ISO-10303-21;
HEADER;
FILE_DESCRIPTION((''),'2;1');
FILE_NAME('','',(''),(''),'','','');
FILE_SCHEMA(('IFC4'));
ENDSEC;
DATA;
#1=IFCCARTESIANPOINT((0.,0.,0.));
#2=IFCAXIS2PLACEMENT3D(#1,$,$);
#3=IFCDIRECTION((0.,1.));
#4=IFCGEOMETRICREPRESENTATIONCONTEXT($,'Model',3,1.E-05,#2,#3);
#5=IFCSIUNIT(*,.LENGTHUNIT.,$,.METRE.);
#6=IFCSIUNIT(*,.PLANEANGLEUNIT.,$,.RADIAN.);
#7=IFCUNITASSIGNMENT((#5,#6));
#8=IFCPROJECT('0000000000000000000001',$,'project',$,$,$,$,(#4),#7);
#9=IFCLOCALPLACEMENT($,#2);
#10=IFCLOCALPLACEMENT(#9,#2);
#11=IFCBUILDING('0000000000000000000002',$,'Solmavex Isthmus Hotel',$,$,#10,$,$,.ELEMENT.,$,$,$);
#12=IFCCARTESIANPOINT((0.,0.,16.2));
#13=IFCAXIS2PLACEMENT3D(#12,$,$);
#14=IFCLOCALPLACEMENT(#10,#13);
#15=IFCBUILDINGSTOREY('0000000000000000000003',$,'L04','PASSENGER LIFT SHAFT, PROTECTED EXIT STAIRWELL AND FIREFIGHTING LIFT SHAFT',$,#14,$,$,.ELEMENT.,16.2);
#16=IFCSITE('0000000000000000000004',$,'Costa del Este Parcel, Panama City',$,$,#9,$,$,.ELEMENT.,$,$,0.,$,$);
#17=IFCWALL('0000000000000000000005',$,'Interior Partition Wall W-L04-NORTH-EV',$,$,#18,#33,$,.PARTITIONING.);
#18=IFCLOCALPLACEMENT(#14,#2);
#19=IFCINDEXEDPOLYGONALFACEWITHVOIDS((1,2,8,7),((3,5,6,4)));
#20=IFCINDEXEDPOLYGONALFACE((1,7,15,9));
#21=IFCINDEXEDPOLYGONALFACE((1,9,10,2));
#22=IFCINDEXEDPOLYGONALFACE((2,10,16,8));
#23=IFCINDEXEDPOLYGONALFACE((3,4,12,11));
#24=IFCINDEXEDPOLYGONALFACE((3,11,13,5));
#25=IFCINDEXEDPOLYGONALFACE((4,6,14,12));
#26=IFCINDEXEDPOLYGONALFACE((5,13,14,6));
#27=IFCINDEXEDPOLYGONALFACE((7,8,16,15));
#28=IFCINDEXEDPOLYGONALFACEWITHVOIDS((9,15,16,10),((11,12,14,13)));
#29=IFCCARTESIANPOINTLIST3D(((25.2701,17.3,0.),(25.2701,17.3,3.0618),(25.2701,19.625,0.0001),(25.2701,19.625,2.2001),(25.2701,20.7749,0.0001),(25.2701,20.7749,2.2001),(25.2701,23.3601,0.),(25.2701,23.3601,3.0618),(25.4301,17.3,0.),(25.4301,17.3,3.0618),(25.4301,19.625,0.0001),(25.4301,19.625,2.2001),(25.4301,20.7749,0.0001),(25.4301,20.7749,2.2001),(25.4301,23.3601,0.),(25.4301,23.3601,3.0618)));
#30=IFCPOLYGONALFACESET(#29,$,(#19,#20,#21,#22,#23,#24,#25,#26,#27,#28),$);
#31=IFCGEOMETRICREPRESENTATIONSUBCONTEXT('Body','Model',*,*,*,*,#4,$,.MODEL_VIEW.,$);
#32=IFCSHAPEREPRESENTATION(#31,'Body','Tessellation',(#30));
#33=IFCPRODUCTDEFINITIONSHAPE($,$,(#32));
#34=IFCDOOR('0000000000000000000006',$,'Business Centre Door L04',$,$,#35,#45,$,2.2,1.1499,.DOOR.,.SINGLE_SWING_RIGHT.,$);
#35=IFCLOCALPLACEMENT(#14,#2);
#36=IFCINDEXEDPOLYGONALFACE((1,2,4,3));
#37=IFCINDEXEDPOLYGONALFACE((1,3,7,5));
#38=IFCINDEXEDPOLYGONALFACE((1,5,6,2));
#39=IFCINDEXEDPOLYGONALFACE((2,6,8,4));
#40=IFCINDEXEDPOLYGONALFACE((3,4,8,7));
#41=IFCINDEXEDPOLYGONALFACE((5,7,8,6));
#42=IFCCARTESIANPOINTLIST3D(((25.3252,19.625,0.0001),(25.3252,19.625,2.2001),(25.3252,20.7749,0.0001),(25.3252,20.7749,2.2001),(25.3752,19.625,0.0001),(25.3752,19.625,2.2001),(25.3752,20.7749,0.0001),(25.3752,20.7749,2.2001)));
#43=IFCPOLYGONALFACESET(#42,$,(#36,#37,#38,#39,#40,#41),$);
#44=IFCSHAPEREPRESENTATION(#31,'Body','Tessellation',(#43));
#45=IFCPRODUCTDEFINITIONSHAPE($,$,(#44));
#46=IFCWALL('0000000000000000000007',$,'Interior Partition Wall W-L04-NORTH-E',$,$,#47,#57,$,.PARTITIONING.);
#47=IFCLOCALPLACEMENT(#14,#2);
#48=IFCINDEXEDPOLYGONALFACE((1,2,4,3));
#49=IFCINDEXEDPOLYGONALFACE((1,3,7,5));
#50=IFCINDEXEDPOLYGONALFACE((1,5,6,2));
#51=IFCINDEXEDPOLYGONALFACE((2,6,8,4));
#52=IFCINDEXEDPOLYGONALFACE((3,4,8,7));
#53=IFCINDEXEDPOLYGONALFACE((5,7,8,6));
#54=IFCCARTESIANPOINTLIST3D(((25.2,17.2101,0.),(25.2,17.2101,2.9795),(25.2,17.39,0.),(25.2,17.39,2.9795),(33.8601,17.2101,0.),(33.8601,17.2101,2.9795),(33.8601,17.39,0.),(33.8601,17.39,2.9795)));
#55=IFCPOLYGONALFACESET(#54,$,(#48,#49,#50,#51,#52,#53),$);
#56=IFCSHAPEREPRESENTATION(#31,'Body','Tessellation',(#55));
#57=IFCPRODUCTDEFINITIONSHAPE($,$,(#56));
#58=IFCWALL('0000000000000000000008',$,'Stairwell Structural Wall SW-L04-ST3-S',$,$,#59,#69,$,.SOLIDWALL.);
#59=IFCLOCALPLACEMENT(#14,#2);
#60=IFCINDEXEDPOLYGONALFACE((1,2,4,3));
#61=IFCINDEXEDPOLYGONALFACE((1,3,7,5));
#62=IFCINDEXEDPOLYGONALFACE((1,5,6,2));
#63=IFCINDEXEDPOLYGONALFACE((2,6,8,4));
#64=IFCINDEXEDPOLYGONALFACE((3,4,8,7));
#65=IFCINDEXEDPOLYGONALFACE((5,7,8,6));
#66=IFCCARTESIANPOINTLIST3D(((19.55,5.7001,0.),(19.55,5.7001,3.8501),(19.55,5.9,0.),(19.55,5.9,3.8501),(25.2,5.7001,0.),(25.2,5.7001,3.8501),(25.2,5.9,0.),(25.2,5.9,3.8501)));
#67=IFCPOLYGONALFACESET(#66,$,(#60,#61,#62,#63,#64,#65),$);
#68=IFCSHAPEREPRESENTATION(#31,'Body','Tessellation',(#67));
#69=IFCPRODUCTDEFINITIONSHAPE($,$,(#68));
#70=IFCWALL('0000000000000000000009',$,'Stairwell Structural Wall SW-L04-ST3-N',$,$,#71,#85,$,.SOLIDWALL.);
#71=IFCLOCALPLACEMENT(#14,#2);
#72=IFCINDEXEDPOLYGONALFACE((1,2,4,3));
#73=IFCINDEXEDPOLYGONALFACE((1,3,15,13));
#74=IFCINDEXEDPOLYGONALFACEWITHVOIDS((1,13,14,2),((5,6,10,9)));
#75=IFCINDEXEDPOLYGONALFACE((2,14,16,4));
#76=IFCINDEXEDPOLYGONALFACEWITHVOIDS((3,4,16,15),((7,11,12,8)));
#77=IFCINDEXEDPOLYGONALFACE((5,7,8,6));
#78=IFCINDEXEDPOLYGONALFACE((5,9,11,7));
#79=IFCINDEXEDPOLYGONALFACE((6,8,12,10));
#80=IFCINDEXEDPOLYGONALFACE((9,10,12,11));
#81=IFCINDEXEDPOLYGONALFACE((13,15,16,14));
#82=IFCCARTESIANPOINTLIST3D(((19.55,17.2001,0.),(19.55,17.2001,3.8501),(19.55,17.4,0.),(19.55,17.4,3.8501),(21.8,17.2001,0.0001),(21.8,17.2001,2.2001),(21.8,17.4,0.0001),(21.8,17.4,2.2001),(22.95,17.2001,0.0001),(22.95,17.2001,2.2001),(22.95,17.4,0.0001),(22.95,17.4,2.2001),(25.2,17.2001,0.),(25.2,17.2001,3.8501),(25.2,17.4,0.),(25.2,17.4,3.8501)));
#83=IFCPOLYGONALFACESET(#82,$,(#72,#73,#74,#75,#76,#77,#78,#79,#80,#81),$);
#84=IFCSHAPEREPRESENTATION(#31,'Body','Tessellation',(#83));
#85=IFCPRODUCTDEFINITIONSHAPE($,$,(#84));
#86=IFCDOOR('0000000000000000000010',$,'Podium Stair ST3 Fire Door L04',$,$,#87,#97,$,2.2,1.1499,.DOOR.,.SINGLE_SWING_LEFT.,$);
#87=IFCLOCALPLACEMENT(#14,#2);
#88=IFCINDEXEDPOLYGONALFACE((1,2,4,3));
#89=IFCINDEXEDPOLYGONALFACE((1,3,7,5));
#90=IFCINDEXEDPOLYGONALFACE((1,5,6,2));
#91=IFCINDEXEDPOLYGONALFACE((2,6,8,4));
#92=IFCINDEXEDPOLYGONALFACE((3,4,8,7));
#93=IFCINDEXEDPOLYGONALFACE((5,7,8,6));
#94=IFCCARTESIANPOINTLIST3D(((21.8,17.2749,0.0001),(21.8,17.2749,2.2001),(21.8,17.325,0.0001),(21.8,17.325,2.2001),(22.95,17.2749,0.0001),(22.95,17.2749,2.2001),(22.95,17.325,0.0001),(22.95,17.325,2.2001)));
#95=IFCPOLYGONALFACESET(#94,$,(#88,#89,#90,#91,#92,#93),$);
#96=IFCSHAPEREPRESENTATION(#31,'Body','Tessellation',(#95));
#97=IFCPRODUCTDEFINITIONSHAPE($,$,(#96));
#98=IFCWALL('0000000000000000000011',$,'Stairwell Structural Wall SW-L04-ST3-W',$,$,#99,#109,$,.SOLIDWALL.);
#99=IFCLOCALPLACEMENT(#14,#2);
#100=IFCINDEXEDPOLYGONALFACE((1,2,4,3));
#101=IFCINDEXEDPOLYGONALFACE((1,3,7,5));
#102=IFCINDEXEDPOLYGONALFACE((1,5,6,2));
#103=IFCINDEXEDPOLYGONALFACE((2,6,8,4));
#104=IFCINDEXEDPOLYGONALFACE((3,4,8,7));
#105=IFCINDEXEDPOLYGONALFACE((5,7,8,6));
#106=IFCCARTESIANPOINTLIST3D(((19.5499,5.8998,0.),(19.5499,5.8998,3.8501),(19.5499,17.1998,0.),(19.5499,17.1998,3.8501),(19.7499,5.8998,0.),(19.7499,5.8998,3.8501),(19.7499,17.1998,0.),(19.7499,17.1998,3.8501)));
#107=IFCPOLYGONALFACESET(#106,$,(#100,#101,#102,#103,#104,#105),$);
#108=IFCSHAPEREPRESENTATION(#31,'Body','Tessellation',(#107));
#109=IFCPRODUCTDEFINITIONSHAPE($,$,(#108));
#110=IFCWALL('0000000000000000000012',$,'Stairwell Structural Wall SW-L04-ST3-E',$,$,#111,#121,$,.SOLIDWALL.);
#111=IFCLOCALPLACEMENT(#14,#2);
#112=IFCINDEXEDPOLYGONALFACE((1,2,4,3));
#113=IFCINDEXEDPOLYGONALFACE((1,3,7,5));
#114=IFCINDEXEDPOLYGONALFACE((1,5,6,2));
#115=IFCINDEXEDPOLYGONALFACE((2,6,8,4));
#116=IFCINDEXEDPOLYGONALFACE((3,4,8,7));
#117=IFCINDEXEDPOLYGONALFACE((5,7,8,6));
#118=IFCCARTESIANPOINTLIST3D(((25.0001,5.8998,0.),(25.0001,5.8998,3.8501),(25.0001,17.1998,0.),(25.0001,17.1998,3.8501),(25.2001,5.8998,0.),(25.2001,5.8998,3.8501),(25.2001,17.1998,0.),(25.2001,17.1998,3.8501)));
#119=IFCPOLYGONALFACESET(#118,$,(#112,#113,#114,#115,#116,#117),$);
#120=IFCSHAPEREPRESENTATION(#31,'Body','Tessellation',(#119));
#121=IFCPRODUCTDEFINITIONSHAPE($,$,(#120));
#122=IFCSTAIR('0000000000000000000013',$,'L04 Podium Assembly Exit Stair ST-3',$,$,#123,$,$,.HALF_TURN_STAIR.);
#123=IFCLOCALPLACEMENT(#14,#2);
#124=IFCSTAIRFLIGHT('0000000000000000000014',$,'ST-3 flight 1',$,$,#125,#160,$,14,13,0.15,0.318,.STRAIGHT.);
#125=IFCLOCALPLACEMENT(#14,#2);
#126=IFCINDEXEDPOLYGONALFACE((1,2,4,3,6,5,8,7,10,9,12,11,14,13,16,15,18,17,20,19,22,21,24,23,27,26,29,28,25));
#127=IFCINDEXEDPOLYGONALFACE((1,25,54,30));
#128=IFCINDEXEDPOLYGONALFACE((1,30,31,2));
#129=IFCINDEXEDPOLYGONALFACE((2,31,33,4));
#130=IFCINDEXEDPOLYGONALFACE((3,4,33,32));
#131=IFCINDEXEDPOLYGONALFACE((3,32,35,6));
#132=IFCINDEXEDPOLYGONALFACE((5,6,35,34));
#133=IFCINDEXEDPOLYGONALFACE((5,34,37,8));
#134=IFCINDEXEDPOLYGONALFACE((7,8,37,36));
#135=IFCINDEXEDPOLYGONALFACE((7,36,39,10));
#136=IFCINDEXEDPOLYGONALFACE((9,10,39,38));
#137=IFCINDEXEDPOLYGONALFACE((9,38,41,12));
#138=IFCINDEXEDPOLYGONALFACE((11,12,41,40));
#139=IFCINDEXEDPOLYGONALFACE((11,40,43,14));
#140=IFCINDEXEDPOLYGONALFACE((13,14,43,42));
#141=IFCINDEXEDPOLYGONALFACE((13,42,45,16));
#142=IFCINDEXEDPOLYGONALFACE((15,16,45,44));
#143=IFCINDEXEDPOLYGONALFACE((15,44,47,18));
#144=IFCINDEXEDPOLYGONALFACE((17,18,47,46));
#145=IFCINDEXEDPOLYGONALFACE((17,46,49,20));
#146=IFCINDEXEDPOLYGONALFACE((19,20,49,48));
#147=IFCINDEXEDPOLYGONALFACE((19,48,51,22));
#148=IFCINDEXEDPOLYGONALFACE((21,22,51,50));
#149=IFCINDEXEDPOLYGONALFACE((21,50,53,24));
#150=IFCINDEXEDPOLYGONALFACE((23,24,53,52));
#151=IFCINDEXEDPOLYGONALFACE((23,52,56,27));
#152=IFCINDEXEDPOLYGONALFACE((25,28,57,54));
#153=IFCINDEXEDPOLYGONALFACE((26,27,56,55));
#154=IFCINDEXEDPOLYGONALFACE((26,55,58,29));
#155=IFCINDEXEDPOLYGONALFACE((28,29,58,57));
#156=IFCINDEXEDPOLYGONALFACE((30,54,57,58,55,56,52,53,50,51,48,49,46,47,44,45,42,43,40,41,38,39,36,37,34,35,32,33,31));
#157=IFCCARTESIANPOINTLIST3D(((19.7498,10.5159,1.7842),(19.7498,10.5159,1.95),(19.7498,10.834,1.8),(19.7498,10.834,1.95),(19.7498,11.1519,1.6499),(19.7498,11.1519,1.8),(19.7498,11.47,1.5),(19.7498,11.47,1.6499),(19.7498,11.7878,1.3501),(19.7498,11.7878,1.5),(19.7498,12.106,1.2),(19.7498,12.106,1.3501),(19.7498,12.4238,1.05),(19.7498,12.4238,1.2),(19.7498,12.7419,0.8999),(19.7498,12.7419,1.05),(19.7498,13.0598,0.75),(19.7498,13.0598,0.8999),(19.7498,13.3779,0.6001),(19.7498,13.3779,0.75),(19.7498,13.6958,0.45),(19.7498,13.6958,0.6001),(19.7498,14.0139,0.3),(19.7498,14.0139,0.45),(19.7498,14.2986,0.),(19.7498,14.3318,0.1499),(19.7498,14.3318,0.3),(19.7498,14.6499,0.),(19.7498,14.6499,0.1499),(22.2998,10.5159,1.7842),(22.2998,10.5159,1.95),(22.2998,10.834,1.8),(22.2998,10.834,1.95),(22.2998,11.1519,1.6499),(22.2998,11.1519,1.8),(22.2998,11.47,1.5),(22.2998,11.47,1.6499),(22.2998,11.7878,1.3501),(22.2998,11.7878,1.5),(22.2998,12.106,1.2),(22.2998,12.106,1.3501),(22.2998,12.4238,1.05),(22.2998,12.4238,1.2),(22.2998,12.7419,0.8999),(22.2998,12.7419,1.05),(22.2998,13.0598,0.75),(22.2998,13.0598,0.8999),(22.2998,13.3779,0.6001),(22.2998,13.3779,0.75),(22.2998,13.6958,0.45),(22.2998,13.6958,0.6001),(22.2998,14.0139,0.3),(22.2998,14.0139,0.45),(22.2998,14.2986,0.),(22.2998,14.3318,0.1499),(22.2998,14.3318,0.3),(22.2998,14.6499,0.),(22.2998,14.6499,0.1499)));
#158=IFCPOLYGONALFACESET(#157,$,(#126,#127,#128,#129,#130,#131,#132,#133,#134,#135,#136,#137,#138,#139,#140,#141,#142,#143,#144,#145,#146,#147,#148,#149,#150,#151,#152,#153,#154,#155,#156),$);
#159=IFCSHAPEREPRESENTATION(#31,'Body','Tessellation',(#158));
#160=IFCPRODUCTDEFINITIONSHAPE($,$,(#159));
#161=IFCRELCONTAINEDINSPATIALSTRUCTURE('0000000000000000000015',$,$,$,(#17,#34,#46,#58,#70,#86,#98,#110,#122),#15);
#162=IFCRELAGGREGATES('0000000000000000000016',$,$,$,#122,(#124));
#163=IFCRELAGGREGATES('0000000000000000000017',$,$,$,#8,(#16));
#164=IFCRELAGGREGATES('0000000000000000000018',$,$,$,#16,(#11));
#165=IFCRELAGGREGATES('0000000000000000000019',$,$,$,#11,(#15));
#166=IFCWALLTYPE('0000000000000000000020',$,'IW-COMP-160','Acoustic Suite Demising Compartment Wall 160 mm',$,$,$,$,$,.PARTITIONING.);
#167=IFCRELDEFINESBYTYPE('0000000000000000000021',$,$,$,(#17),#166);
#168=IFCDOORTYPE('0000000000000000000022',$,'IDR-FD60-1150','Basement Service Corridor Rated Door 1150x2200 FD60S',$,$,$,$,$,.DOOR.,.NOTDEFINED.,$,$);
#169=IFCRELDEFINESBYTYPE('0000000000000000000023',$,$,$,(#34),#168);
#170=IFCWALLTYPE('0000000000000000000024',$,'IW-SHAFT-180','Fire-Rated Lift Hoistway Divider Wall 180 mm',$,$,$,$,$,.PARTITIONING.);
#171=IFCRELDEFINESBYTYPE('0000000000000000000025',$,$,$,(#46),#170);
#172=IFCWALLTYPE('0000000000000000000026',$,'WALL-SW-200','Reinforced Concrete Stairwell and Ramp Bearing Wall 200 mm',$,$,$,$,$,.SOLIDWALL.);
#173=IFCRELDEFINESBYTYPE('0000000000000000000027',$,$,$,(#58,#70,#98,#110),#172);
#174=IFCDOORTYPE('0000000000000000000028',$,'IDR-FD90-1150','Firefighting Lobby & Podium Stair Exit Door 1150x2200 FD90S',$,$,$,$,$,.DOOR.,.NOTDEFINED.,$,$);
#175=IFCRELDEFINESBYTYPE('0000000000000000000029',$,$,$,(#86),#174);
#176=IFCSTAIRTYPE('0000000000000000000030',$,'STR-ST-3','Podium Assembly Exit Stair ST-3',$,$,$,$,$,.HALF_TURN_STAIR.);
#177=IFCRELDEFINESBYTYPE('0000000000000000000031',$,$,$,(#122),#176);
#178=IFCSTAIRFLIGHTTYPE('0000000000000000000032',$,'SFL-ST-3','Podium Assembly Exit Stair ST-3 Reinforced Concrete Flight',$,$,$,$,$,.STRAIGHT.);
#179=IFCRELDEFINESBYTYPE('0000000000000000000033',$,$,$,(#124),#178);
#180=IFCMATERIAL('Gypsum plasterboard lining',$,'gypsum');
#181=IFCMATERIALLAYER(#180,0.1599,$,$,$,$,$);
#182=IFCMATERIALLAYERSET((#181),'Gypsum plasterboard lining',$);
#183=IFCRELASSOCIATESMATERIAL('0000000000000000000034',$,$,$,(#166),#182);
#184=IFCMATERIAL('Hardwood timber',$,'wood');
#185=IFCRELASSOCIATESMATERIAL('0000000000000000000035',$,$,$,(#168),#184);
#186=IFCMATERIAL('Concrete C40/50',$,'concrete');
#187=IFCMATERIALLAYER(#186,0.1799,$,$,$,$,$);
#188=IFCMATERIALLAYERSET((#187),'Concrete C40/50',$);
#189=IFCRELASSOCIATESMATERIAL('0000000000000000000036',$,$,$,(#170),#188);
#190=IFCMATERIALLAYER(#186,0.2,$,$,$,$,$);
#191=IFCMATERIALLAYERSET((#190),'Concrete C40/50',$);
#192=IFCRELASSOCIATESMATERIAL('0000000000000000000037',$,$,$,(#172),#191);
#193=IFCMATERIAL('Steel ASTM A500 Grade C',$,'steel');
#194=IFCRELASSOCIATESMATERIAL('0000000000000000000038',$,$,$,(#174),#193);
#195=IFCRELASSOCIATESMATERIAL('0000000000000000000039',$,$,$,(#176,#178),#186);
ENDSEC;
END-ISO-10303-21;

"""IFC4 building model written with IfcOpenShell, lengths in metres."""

from ifc_helpers import new_model, si_unit, direction, frame, frame_2d, origin, place, context, subcontext, project, spatial, polyline, rectangle, outline, extrude, material, layer, layer_set, type_object, element, fill, aggregate, save


model = new_model("IFC4")

# Units and contexts
model_context = context("Model", 3, precision=1e-05, world=origin(), true_north=direction((0.0, 1.0)))
body_context = subcontext(model_context, "Body", "Model", "MODEL_VIEW")
ifc_project = project(units=[si_unit("LENGTHUNIT", "METRE"), si_unit("PLANEANGLEUNIT", "RADIAN")], contexts=[model_context])

# Site, building, storey
site_placement = place(None, origin())
site = spatial("IfcSite", under=ifc_project, at=site_placement, Name="Costa del Este Parcel, Panama City", CompositionType="ELEMENT", RefElevation=0.0)
building_placement = place(site_placement, origin())
building = spatial("IfcBuilding", under=site, at=building_placement, Name="Solmavex Isthmus Hotel", CompositionType="ELEMENT")
storey_placement = place(building_placement, frame((0.0, 0.0, 16.2)))
storey = spatial("IfcBuildingStorey", under=building, at=storey_placement, Name="L04", Description="PASSENGER LIFT SHAFT, PROTECTED EXIT STAIRWELL AND FIREFIGHTING LIFT SHAFT", CompositionType="ELEMENT", Elevation=16.2)

# Wall, opening, door
ifc_material_1 = material(Name="Gypsum plasterboard lining", Category="gypsum")
ifc_layer_1 = layer(ifc_material_1, 0.1599)
ifc_layer_set_1 = layer_set([ifc_layer_1], Name="Gypsum plasterboard lining")
wall_type_1 = type_object("IfcWallType", Name="IW-COMP-160", Description="Acoustic Suite Demising Compartment Wall 160 mm", PredefinedType="PARTITIONING", material=ifc_layer_set_1)
wall_1_placement = place(storey_placement, frame((25.3501, 17.3, 0.0), z_axis=(0.0, 0.0, 1.0), x_axis=(0.0, 1.0, 0.0)))
wall_1 = element("IfcWall", 1, at=wall_1_placement, inside=storey, type_object=wall_type_1, Name="Interior Partition Wall W-L04-NORTH-EV", PredefinedType="PARTITIONING", context=body_context, shape_type="SweptSolid", body=[
    extrude(rectangle(XDim=6.0601, YDim=0.1599, at=frame_2d((3.03, 0.0))), origin(), (0.0, 0.0, 1.0), 3.0618),
])
opening_1_placement = place(wall_1_placement, frame((2.325, 0.0, 0.0)))
opening_1 = element("IfcOpeningElement", 2, at=opening_1_placement, cuts=wall_1, PredefinedType="OPENING", context=body_context, shape_type="SweptSolid", body=[
    extrude(rectangle(XDim=1.1499, YDim=2.2, at=frame_2d((0.575, 1.1001))), frame((0.0, 0.0898, 0.0), z_axis=(0.0, -1.0, 0.0), x_axis=(1.0, 0.0, 0.0)), (0.0, 0.0, 1.0), 0.1799),
])
ifc_material_2 = material(Name="Hardwood timber", Category="wood")
door_type_1 = type_object("IfcDoorType", Name="IDR-FD60-1150", Description="Basement Service Corridor Rated Door 1150x2200 FD60S", OperationType="NOTDEFINED", PredefinedType="DOOR", material=ifc_material_2)
door_1_placement = place(opening_1_placement, origin())
door_1 = element("IfcDoor", 3, at=door_1_placement, inside=storey, type_object=door_type_1, Name="Business Centre Door L04", OperationType="SINGLE_SWING_RIGHT", OverallHeight=2.2, OverallWidth=1.1499, PredefinedType="DOOR", context=body_context, shape_type="SweptSolid", body=[
    extrude(rectangle(XDim=1.1499, YDim=2.2, at=frame_2d((0.575, 1.1001))), frame((0.0, 0.0249, 0.0), z_axis=(0.0, -1.0, 0.0), x_axis=(1.0, 0.0, 0.0)), (0.0, 0.0, 1.0), 0.05),
])
fill(opening_1, door_1)

# Walls
ifc_material_3 = material(Name="Concrete C40/50", Category="concrete")
ifc_layer_2 = layer(ifc_material_3, 0.1799)
ifc_layer_set_2 = layer_set([ifc_layer_2], Name="Concrete C40/50")
wall_type_2 = type_object("IfcWallType", Name="IW-SHAFT-180", Description="Fire-Rated Lift Hoistway Divider Wall 180 mm", PredefinedType="PARTITIONING", material=ifc_layer_set_2)
wall_2_placement = place(storey_placement, frame((25.2, 17.3, 0.0), z_axis=(0.0, 0.0, 1.0), x_axis=(1.0, 0.0, 0.0)))
element("IfcWall", 4, at=wall_2_placement, inside=storey, type_object=wall_type_2, Name="Interior Partition Wall W-L04-NORTH-E", PredefinedType="PARTITIONING", context=body_context, shape_type="SweptSolid", body=[
    extrude(rectangle(XDim=8.6602, YDim=0.1799, at=frame_2d((4.3301, 0.0))), origin(), (0.0, 0.0, 1.0), 2.9795),
])
ifc_layer_3 = layer(ifc_material_3, 0.2)
ifc_layer_set_3 = layer_set([ifc_layer_3], Name="Concrete C40/50")
wall_type_3 = type_object("IfcWallType", Name="WALL-SW-200", Description="Reinforced Concrete Stairwell and Ramp Bearing Wall 200 mm", PredefinedType="SOLIDWALL", material=ifc_layer_set_3)
wall_3_placement = place(storey_placement, frame((19.55, 5.8, 0.0), z_axis=(0.0, 0.0, 1.0), x_axis=(1.0, 0.0, 0.0)))
element("IfcWall", 5, at=wall_3_placement, inside=storey, type_object=wall_type_3, Name="Stairwell Structural Wall SW-L04-ST3-S", PredefinedType="SOLIDWALL", context=body_context, shape_type="SweptSolid", body=[
    extrude(rectangle(XDim=5.6499, YDim=0.2, at=frame_2d((2.825, 0.0))), origin(), (0.0, 0.0, 1.0), 3.8501),
])

# Wall, opening, door
wall_4_placement = place(storey_placement, frame((19.55, 17.3, 0.0), z_axis=(0.0, 0.0, 1.0), x_axis=(1.0, 0.0, 0.0)))
wall_4 = element("IfcWall", 6, at=wall_4_placement, inside=storey, type_object=wall_type_3, Name="Stairwell Structural Wall SW-L04-ST3-N", PredefinedType="SOLIDWALL", context=body_context, shape_type="SweptSolid", body=[
    extrude(rectangle(XDim=5.6499, YDim=0.2, at=frame_2d((2.825, 0.0))), origin(), (0.0, 0.0, 1.0), 3.8501),
])
opening_2_placement = place(wall_4_placement, frame((2.25, 0.0, 0.0)))
opening_2 = element("IfcOpeningElement", 7, at=opening_2_placement, cuts=wall_4, PredefinedType="OPENING", context=body_context, shape_type="SweptSolid", body=[
    extrude(rectangle(XDim=1.1499, YDim=2.2, at=frame_2d((0.575, 1.1001))), frame((0.0, 0.1099, 0.0), z_axis=(0.0, -1.0, 0.0), x_axis=(1.0, 0.0, 0.0)), (0.0, 0.0, 1.0), 0.22),
])
ifc_material_4 = material(Name="Steel ASTM A500 Grade C", Category="steel")
door_type_2 = type_object("IfcDoorType", Name="IDR-FD90-1150", Description="Firefighting Lobby & Podium Stair Exit Door 1150x2200 FD90S", OperationType="NOTDEFINED", PredefinedType="DOOR", material=ifc_material_4)
door_2_placement = place(opening_2_placement, origin())
door_2 = element("IfcDoor", 8, at=door_2_placement, inside=storey, type_object=door_type_2, Name="Podium Stair ST3 Fire Door L04", OperationType="SINGLE_SWING_LEFT", OverallHeight=2.2, OverallWidth=1.1499, PredefinedType="DOOR", context=body_context, shape_type="SweptSolid", body=[
    extrude(rectangle(XDim=1.1499, YDim=2.2, at=frame_2d((0.575, 1.1001))), frame((0.0, 0.0249, 0.0), z_axis=(0.0, -1.0, 0.0), x_axis=(1.0, 0.0, 0.0)), (0.0, 0.0, 1.0), 0.05),
])
fill(opening_2, door_2)

# Walls
for number, where, z_axis, x_axis, name in (
    (9, (19.6499, 5.8999, 0.0), (0.0, 0.0, 1.0), (0.0, 1.0, 0.0), "Stairwell Structural Wall SW-L04-ST3-W"),
    (10, (25.1001, 5.8999, 0.0), (0.0, 0.0, 1.0), (0.0, 1.0, 0.0), "Stairwell Structural Wall SW-L04-ST3-E"),
):
    element("IfcWall", number, at=place(storey_placement, frame(where, z_axis=z_axis, x_axis=x_axis)), inside=storey, type_object=wall_type_3, Name=name, PredefinedType="SOLIDWALL", context=body_context, shape_type="SweptSolid", body=[
        extrude(rectangle(XDim=11.3, YDim=0.2, at=frame_2d((5.6499, 0.0))), origin(), (0.0, 0.0, 1.0), 3.8501),
    ])

# Stair, stair flight
stair_type = type_object("IfcStairType", Name="STR-ST-3", Description="Podium Assembly Exit Stair ST-3", PredefinedType="HALF_TURN_STAIR", material=ifc_material_3)
stair_placement = place(storey_placement, origin())
stair = element("IfcStair", 11, at=stair_placement, inside=storey, type_object=stair_type, Name="L04 Podium Assembly Exit Stair ST-3", PredefinedType="HALF_TURN_STAIR")
stair_flight_type = type_object("IfcStairFlightType", Name="SFL-ST-3", Description="Podium Assembly Exit Stair ST-3 Reinforced Concrete Flight", PredefinedType="STRAIGHT", material=ifc_material_3)
stair_flight_1_placement = place(storey_placement, frame((21.0249, 14.6499, 0.0), z_axis=(0.0, 0.0, 1.0), x_axis=(0.0, -1.0, 0.0)))
stair_flight_1 = element("IfcStairFlight", 12, at=stair_flight_1_placement, type_object=stair_flight_type, Name="ST-3 flight 1", NumberOfRisers=14, NumberOfTreads=13, PredefinedType="STRAIGHT", RiserHeight=0.15, TreadLength=0.318, context=body_context, shape_type="SweptSolid", body=[
    extrude(outline(polyline([(0.0, 0.0), (0.0, 0.1499), (0.3181, 0.1499), (0.3181, 0.3), (0.636, 0.3), (0.636, 0.45), (0.9541, 0.45), (0.9541, 0.6001), (1.272, 0.6001), (1.272, 0.75), (1.5901, 0.75), (1.5901, 0.8999), (1.908, 0.8999), (1.908, 1.05), (2.2261, 1.05), (2.2261, 1.2), (2.5439, 1.2), (2.5439, 1.3501), (2.8621, 1.3501), (2.8621, 1.5), (3.1799, 1.5), (3.1799, 1.6499), (3.498, 1.6499), (3.498, 1.8), (3.8159, 1.8), (3.8159, 1.95), (4.134, 1.95), (4.134, 2.1001), (4.134, 1.7842), (0.3513, 0.0), (0.0, 0.0)])), frame((0.0, 1.2749, 0.0), z_axis=(0.0, -1.0, 0.0), x_axis=(1.0, 0.0, 0.0)), (0.0, 0.0, 1.0), 2.55),
])
aggregate(stair, [stair_flight_1])

save(model, "model.ifc")
